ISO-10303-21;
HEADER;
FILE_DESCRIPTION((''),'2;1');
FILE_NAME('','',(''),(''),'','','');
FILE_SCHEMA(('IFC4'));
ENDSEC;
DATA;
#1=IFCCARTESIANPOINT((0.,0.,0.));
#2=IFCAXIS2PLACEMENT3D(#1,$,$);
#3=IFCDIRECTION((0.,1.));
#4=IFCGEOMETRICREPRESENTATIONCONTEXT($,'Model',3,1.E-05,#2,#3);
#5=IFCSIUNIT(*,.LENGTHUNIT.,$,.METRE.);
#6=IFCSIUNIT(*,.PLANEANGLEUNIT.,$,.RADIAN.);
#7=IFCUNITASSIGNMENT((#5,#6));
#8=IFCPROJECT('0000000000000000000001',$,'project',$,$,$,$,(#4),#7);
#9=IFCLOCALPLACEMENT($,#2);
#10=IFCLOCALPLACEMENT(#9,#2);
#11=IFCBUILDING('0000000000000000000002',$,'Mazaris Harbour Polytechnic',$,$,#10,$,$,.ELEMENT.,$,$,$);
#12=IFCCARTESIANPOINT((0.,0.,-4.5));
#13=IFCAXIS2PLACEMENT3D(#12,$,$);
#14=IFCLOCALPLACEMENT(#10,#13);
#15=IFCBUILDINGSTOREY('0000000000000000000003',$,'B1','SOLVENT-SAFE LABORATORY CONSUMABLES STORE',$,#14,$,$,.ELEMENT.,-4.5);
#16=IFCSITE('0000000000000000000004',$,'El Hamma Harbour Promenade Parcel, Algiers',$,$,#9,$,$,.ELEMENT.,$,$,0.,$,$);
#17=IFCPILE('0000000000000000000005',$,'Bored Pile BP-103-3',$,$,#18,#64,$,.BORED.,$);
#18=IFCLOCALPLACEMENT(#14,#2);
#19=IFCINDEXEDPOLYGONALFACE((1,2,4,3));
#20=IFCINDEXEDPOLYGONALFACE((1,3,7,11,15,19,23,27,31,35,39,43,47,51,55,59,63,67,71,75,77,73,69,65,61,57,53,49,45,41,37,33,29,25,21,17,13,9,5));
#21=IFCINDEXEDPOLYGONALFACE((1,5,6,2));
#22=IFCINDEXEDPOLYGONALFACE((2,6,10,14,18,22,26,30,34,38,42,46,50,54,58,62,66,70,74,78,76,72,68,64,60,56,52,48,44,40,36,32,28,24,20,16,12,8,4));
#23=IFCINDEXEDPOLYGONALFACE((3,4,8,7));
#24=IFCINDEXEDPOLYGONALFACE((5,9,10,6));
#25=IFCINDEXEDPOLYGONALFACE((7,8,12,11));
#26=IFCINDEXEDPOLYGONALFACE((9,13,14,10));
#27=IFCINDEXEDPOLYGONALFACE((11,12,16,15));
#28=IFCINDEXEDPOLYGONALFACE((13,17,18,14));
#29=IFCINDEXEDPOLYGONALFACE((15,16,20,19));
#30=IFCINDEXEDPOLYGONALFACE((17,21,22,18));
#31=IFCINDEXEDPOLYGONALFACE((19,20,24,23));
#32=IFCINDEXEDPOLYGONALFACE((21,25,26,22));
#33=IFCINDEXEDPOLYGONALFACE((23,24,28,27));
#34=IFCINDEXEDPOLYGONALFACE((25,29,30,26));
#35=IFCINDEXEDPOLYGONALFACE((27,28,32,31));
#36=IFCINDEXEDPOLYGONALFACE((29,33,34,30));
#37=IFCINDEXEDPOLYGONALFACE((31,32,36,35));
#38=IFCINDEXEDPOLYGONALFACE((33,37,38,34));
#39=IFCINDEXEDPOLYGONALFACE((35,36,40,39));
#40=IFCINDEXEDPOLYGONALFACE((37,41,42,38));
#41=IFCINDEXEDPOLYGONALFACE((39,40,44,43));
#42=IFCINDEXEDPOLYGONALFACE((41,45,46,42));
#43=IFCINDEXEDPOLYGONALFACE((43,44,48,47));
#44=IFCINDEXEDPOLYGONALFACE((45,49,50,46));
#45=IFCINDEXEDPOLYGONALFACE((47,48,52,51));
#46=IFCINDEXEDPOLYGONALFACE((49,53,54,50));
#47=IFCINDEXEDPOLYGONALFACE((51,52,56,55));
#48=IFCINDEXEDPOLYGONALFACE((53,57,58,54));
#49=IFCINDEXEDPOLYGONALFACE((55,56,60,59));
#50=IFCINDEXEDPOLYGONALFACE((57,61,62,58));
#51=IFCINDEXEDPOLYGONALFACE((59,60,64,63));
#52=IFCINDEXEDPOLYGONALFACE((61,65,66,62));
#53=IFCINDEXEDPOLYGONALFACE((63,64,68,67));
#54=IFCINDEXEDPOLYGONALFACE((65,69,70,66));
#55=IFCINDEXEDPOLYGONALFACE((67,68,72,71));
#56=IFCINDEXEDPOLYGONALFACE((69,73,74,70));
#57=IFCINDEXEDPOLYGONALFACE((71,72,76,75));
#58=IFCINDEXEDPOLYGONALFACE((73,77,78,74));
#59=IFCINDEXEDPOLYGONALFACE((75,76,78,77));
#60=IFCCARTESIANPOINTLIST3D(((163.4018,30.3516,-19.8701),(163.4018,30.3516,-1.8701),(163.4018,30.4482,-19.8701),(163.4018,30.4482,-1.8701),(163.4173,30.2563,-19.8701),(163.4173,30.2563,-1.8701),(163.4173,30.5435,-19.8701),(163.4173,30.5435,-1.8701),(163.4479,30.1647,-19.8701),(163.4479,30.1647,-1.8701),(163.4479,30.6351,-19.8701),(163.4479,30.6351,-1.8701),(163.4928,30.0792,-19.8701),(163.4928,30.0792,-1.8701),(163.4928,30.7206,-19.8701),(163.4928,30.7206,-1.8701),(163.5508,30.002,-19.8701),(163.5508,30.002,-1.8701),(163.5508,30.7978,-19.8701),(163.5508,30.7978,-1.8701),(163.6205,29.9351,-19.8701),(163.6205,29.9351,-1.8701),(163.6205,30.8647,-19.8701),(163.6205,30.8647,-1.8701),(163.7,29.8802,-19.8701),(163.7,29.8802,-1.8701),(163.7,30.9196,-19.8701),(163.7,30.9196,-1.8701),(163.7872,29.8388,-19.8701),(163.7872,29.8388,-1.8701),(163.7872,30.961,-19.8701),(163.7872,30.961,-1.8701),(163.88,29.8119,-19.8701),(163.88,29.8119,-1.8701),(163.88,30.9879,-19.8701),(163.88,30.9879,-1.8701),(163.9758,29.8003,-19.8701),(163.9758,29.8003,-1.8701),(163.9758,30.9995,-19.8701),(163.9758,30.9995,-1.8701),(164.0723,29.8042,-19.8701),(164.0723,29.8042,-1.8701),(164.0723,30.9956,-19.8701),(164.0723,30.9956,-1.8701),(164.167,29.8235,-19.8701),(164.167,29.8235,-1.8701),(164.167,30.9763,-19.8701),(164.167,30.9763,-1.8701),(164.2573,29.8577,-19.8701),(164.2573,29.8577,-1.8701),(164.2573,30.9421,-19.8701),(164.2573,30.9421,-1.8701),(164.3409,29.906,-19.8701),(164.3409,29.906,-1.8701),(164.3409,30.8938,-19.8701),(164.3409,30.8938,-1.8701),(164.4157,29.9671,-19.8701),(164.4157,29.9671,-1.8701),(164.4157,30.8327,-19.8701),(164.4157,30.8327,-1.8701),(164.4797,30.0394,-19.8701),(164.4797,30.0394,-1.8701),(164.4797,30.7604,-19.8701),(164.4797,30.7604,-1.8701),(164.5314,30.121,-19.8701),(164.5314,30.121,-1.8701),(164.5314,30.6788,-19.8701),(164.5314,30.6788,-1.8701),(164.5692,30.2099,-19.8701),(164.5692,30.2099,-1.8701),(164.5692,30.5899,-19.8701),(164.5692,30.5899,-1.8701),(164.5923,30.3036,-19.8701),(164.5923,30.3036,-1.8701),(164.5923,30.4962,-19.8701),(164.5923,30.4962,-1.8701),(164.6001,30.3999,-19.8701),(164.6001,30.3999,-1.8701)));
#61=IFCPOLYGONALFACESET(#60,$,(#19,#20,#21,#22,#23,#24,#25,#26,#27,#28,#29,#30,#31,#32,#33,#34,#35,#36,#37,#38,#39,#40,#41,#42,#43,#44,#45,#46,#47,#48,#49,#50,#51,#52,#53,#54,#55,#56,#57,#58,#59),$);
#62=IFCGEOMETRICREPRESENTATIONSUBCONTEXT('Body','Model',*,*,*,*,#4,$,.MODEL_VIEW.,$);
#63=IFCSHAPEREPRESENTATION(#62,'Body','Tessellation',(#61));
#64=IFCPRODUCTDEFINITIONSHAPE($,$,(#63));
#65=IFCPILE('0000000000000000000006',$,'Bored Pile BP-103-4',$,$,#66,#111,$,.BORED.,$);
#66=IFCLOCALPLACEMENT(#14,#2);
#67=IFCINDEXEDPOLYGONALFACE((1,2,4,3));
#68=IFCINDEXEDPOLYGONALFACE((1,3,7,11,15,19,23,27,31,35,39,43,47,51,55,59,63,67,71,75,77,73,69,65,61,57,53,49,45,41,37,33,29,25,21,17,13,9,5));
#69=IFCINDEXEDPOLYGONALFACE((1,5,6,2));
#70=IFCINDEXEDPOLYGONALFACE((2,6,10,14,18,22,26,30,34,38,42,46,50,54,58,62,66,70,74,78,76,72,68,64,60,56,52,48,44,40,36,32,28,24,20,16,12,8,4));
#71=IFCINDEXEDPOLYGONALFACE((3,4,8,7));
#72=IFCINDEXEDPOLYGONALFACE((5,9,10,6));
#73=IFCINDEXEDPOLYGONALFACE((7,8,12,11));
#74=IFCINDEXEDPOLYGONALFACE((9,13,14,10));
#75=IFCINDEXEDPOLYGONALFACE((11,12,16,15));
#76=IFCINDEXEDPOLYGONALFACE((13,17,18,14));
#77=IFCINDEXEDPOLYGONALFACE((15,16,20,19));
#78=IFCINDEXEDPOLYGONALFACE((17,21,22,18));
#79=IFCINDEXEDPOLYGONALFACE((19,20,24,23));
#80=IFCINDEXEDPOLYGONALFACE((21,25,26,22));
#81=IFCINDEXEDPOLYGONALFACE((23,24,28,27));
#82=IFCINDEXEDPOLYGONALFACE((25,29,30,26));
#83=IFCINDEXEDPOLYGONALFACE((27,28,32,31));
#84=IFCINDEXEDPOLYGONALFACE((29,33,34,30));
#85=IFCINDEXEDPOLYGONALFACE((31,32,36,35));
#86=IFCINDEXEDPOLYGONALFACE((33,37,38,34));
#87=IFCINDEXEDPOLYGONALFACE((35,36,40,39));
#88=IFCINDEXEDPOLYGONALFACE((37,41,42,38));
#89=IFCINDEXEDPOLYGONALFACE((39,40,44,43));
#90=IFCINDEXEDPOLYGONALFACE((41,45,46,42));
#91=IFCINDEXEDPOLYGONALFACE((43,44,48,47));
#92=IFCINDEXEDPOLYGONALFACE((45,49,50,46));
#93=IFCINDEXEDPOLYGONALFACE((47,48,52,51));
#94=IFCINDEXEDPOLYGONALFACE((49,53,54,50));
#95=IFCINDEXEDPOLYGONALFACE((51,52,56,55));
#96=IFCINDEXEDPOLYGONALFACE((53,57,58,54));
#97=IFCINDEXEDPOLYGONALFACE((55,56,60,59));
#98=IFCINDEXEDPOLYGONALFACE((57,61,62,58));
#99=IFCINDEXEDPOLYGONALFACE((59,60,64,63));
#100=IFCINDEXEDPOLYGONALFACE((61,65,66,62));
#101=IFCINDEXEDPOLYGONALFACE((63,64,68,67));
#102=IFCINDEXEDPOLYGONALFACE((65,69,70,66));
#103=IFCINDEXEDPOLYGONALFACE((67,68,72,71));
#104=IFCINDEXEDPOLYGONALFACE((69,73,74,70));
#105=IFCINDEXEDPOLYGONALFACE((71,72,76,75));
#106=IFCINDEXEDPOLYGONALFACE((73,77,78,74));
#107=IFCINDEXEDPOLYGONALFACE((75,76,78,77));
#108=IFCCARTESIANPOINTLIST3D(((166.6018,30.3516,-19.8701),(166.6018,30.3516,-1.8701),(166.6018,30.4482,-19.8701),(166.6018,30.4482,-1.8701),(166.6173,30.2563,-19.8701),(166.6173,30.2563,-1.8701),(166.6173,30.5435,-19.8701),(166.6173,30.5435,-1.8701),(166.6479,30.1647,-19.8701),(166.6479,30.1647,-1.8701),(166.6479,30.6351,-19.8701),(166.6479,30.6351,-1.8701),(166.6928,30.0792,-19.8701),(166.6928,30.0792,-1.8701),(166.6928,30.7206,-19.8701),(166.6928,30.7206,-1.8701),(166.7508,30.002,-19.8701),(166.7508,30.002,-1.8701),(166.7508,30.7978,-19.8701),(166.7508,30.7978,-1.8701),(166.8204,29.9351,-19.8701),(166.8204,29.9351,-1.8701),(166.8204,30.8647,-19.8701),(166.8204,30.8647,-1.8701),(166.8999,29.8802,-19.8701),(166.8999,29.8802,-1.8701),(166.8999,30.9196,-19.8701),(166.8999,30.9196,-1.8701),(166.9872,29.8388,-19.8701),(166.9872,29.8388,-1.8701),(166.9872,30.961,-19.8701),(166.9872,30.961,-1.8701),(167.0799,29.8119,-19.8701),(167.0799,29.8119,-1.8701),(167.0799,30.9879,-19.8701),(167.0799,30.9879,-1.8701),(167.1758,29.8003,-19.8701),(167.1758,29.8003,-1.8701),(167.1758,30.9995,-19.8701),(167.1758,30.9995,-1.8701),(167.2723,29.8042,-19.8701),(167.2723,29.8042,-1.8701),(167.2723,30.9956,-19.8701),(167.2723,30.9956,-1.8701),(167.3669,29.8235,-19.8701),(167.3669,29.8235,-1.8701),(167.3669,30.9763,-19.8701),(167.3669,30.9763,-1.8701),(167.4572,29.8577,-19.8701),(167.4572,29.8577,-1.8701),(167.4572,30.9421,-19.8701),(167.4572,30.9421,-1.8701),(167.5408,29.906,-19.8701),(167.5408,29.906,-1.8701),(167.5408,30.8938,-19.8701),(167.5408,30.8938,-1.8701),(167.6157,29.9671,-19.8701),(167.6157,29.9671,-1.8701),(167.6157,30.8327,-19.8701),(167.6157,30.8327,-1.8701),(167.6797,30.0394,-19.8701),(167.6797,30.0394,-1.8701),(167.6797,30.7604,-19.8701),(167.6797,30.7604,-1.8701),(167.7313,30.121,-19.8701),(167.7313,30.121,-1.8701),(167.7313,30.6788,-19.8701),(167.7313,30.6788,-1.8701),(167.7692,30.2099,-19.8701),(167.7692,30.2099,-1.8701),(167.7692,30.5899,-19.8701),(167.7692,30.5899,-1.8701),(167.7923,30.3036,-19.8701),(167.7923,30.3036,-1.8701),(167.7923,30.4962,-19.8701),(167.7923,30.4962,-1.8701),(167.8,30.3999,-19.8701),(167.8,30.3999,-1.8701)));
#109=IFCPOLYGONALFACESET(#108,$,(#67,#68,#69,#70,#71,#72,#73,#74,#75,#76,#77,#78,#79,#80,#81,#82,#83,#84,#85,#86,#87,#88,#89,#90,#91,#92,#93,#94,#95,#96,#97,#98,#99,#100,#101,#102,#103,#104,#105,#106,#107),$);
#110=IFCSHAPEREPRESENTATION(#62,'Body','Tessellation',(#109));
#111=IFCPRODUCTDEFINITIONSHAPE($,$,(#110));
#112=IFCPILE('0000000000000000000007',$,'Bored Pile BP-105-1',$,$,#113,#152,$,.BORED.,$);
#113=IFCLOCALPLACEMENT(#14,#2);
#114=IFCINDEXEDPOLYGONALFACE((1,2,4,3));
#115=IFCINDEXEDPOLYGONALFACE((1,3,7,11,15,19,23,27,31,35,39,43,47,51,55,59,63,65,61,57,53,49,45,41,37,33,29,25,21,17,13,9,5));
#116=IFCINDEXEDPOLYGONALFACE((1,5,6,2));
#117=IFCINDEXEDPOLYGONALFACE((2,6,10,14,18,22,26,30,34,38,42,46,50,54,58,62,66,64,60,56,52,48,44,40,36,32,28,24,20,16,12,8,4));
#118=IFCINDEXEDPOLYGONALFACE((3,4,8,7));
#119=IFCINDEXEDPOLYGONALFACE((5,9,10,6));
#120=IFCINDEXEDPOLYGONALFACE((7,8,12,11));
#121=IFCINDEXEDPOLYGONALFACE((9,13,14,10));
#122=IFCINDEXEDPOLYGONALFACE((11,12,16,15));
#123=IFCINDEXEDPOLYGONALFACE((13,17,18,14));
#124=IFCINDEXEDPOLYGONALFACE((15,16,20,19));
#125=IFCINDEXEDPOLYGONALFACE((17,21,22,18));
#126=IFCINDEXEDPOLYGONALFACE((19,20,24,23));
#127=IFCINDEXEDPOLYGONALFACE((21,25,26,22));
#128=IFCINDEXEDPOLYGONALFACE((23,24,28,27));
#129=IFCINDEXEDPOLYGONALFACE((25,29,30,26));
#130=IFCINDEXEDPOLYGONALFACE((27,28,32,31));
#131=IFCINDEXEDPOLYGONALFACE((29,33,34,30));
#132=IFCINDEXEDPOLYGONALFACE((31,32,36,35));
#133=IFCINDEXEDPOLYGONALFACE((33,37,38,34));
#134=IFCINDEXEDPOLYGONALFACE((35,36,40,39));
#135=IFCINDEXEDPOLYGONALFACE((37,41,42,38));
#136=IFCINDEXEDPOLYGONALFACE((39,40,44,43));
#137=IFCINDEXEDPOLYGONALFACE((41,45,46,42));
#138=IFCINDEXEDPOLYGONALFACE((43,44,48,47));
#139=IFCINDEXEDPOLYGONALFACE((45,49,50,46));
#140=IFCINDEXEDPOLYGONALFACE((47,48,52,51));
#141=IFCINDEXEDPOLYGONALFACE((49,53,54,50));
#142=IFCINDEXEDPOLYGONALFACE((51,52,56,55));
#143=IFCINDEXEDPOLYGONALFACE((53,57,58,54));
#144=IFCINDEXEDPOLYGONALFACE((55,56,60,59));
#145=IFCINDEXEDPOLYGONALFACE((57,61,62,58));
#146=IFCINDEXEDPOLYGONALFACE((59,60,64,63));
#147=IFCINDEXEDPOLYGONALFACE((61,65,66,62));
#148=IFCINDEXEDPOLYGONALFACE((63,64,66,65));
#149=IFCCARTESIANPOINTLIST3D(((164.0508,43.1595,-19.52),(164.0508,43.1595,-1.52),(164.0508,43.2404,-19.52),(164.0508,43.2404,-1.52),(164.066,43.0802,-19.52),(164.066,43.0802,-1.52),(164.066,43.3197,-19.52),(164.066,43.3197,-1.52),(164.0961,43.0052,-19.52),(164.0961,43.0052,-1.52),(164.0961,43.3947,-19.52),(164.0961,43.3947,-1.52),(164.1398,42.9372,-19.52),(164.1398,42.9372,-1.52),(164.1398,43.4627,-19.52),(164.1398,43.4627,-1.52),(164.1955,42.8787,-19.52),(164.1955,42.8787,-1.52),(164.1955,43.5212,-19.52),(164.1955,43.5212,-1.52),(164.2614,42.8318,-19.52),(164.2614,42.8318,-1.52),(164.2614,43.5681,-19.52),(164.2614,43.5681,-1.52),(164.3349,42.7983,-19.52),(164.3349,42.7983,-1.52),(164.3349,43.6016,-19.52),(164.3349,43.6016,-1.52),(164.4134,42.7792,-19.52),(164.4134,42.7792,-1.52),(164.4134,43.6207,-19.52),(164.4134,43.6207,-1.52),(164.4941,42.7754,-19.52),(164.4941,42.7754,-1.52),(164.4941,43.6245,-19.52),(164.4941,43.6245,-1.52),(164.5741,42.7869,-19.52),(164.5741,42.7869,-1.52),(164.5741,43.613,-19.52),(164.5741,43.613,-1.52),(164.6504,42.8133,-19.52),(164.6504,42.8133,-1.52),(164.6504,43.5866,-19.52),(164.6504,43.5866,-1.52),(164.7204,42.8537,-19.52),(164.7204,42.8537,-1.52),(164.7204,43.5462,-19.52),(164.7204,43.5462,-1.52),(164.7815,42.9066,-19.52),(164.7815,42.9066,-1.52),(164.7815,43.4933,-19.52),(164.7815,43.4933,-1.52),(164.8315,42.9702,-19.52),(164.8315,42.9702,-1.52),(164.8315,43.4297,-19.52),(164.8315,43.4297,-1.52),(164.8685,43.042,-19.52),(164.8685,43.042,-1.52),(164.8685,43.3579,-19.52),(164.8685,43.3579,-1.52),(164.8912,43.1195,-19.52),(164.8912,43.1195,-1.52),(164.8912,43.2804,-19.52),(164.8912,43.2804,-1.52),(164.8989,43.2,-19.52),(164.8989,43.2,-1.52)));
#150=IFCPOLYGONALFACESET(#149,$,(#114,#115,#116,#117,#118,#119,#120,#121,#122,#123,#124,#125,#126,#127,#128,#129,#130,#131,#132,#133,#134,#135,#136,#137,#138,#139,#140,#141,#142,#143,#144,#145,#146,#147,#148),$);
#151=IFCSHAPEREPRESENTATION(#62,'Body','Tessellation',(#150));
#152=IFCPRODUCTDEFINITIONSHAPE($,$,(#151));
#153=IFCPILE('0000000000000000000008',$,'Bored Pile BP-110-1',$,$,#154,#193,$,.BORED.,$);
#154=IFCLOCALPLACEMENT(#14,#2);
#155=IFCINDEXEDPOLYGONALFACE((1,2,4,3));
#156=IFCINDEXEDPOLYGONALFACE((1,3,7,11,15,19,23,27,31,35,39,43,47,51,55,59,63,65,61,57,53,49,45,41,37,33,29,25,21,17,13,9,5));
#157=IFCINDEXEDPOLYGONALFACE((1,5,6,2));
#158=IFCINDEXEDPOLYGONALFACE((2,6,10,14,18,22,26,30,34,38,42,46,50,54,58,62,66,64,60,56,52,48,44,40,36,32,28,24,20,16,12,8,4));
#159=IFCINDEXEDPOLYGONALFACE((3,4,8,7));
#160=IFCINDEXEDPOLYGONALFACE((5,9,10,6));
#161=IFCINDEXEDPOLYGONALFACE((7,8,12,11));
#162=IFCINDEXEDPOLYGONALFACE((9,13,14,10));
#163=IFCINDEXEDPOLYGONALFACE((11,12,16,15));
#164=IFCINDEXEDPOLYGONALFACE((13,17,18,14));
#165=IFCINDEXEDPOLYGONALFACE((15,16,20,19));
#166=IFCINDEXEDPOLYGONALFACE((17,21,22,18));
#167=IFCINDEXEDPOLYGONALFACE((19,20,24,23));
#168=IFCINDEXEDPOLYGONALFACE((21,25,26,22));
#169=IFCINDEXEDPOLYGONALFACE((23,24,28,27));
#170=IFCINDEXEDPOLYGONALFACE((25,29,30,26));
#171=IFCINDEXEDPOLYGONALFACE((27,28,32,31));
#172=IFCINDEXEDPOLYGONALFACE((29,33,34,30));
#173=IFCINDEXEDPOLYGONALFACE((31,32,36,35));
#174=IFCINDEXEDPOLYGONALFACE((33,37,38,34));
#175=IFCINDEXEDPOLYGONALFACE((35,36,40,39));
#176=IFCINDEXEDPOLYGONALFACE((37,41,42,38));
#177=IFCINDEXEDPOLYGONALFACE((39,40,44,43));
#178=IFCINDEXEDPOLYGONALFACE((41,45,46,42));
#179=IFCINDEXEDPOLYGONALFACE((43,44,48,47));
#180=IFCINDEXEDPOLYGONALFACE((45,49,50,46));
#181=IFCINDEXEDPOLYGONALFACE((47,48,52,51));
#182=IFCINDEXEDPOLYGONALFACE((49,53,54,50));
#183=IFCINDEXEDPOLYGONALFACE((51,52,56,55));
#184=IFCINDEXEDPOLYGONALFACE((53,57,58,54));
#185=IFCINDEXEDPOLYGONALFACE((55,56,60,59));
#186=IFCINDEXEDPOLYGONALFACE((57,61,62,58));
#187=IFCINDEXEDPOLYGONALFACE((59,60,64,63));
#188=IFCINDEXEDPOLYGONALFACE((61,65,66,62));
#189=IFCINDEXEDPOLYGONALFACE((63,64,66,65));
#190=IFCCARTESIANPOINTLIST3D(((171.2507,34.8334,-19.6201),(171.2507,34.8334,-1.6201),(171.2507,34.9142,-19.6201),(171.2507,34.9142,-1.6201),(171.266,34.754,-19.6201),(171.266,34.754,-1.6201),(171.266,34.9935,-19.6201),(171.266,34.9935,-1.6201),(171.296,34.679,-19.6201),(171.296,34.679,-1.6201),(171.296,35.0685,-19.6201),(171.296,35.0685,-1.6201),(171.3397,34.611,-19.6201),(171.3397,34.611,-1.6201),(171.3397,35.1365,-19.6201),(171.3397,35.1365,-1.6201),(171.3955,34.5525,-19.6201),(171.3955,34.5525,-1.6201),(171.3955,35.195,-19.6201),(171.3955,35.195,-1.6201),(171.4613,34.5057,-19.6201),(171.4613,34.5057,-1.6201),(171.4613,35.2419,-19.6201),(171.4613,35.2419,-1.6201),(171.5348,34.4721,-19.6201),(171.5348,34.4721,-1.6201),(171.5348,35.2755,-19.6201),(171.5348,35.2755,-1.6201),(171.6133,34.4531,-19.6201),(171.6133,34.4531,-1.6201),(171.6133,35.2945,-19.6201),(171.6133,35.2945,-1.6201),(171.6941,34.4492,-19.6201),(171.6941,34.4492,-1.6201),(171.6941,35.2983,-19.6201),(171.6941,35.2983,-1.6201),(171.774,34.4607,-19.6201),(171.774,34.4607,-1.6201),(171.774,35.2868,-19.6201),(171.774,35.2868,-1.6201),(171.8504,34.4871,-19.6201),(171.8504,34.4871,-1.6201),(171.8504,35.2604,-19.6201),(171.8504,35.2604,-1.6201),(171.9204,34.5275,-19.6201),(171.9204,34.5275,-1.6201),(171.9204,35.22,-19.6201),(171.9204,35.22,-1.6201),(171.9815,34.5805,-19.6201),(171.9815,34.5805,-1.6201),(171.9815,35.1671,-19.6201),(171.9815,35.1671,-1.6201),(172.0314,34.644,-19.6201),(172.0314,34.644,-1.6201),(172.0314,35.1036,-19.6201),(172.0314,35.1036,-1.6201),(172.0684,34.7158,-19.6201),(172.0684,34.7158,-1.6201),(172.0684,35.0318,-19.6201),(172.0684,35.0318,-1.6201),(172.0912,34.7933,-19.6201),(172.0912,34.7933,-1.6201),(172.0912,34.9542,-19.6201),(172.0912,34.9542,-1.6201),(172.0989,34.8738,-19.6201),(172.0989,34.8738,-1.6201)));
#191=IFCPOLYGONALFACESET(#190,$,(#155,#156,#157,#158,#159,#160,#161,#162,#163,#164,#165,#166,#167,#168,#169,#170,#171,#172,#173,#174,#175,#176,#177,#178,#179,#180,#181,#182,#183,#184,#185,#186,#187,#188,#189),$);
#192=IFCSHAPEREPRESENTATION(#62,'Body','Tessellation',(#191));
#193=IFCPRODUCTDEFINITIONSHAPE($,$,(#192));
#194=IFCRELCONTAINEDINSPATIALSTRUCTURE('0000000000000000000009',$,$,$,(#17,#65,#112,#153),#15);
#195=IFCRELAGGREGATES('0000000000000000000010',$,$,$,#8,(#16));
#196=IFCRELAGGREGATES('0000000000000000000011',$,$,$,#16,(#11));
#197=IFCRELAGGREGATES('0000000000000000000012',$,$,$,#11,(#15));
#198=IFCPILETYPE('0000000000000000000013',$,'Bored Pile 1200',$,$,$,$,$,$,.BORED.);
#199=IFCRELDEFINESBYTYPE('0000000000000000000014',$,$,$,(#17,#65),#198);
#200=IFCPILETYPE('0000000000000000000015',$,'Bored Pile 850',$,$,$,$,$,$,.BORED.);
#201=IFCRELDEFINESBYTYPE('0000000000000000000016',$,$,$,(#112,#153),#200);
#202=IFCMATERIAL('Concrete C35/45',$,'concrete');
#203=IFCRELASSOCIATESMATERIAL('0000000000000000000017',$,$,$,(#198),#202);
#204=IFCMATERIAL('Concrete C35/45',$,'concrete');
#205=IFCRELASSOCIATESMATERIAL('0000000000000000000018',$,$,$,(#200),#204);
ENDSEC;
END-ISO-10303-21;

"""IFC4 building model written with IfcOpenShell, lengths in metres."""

from ifc_helpers import new_model, si_unit, direction, frame, origin, origin_2d, place, context, subcontext, project, spatial, circle, extrude, material, material_profile, profile_set, type_object, element, save


model = new_model("IFC4")

# Units and contexts
model_context = context("Model", 3, precision=1e-05, world=origin(), true_north=direction((0.0, 1.0)))
body_context = subcontext(model_context, "Body", "Model", "MODEL_VIEW")
ifc_project = project(units=[si_unit("LENGTHUNIT", "METRE"), si_unit("PLANEANGLEUNIT", "RADIAN")], contexts=[model_context])

# Site, building, storey
site_placement = place(None, origin())
site = spatial("IfcSite", under=ifc_project, at=site_placement, Name="El Hamma Harbour Promenade Parcel, Algiers", CompositionType="ELEMENT", RefElevation=0.0)
building_placement = place(site_placement, origin())
building = spatial("IfcBuilding", under=site, at=building_placement, Name="Mazaris Harbour Polytechnic", CompositionType="ELEMENT")
storey_placement = place(building_placement, frame((0.0, 0.0, -4.5)))
storey = spatial("IfcBuildingStorey", under=building, at=storey_placement, Name="B1", Description="SOLVENT-SAFE LABORATORY CONSUMABLES STORE", CompositionType="ELEMENT", Elevation=-4.5)

# Piles
ifc_material_1 = material(Name="Concrete C35/45", Category="concrete")
ifc_material_profile_1 = material_profile(ifc_material_1, circle(Radius=0.6001, at=origin_2d()), Name="DIA1200")
ifc_profile_set_1 = profile_set([ifc_material_profile_1], Name="Concrete C35/45")
pile_type_1 = type_object("IfcPileType", Name="Bored Pile 1200", PredefinedType="BORED", material=ifc_profile_set_1)
for number, where, z_axis, x_axis, name in (
    (1, (164.0, 30.3999, -1.8701), (0.0, 0.0, -1.0), (1.0, 0.0, 0.0), "Bored Pile BP-103-3"),
    (2, (167.2, 30.3999, -1.8701), (0.0, 0.0, -1.0), (1.0, 0.0, 0.0), "Bored Pile BP-103-4"),
):
    element("IfcPile", number, at=place(storey_placement, frame(where, z_axis=z_axis, x_axis=x_axis)), inside=storey, type_object=pile_type_1, Name=name, PredefinedType="BORED", context=body_context, shape_type="SweptSolid", body=[
        extrude(circle(Radius=0.6001, at=origin_2d()), origin(), (0.0, 0.0, 1.0), 18.0),
    ])
ifc_material_2 = material(Name="Concrete C35/45", Category="concrete")
ifc_material_profile_2 = material_profile(ifc_material_2, circle(Radius=0.425, at=origin_2d()), Name="DIA850")
ifc_profile_set_2 = profile_set([ifc_material_profile_2], Name="Concrete C35/45")
pile_type_2 = type_object("IfcPileType", Name="Bored Pile 850", PredefinedType="BORED", material=ifc_profile_set_2)
for number, where, z_axis, x_axis, name in (
    (3, (164.4739, 43.2, -1.52), (0.0, 0.0, -1.0), (1.0, 0.0, 0.0), "Bored Pile BP-105-1"),
    (4, (171.6738, 34.8738, -1.6201), (0.0, 0.0, -1.0), (1.0, 0.0, 0.0), "Bored Pile BP-110-1"),
):
    element("IfcPile", number, at=place(storey_placement, frame(where, z_axis=z_axis, x_axis=x_axis)), inside=storey, type_object=pile_type_2, Name=name, PredefinedType="BORED", context=body_context, shape_type="SweptSolid", body=[
        extrude(circle(Radius=0.425, at=origin_2d()), origin(), (0.0, 0.0, 1.0), 18.0),
    ])

save(model, "model.ifc")
